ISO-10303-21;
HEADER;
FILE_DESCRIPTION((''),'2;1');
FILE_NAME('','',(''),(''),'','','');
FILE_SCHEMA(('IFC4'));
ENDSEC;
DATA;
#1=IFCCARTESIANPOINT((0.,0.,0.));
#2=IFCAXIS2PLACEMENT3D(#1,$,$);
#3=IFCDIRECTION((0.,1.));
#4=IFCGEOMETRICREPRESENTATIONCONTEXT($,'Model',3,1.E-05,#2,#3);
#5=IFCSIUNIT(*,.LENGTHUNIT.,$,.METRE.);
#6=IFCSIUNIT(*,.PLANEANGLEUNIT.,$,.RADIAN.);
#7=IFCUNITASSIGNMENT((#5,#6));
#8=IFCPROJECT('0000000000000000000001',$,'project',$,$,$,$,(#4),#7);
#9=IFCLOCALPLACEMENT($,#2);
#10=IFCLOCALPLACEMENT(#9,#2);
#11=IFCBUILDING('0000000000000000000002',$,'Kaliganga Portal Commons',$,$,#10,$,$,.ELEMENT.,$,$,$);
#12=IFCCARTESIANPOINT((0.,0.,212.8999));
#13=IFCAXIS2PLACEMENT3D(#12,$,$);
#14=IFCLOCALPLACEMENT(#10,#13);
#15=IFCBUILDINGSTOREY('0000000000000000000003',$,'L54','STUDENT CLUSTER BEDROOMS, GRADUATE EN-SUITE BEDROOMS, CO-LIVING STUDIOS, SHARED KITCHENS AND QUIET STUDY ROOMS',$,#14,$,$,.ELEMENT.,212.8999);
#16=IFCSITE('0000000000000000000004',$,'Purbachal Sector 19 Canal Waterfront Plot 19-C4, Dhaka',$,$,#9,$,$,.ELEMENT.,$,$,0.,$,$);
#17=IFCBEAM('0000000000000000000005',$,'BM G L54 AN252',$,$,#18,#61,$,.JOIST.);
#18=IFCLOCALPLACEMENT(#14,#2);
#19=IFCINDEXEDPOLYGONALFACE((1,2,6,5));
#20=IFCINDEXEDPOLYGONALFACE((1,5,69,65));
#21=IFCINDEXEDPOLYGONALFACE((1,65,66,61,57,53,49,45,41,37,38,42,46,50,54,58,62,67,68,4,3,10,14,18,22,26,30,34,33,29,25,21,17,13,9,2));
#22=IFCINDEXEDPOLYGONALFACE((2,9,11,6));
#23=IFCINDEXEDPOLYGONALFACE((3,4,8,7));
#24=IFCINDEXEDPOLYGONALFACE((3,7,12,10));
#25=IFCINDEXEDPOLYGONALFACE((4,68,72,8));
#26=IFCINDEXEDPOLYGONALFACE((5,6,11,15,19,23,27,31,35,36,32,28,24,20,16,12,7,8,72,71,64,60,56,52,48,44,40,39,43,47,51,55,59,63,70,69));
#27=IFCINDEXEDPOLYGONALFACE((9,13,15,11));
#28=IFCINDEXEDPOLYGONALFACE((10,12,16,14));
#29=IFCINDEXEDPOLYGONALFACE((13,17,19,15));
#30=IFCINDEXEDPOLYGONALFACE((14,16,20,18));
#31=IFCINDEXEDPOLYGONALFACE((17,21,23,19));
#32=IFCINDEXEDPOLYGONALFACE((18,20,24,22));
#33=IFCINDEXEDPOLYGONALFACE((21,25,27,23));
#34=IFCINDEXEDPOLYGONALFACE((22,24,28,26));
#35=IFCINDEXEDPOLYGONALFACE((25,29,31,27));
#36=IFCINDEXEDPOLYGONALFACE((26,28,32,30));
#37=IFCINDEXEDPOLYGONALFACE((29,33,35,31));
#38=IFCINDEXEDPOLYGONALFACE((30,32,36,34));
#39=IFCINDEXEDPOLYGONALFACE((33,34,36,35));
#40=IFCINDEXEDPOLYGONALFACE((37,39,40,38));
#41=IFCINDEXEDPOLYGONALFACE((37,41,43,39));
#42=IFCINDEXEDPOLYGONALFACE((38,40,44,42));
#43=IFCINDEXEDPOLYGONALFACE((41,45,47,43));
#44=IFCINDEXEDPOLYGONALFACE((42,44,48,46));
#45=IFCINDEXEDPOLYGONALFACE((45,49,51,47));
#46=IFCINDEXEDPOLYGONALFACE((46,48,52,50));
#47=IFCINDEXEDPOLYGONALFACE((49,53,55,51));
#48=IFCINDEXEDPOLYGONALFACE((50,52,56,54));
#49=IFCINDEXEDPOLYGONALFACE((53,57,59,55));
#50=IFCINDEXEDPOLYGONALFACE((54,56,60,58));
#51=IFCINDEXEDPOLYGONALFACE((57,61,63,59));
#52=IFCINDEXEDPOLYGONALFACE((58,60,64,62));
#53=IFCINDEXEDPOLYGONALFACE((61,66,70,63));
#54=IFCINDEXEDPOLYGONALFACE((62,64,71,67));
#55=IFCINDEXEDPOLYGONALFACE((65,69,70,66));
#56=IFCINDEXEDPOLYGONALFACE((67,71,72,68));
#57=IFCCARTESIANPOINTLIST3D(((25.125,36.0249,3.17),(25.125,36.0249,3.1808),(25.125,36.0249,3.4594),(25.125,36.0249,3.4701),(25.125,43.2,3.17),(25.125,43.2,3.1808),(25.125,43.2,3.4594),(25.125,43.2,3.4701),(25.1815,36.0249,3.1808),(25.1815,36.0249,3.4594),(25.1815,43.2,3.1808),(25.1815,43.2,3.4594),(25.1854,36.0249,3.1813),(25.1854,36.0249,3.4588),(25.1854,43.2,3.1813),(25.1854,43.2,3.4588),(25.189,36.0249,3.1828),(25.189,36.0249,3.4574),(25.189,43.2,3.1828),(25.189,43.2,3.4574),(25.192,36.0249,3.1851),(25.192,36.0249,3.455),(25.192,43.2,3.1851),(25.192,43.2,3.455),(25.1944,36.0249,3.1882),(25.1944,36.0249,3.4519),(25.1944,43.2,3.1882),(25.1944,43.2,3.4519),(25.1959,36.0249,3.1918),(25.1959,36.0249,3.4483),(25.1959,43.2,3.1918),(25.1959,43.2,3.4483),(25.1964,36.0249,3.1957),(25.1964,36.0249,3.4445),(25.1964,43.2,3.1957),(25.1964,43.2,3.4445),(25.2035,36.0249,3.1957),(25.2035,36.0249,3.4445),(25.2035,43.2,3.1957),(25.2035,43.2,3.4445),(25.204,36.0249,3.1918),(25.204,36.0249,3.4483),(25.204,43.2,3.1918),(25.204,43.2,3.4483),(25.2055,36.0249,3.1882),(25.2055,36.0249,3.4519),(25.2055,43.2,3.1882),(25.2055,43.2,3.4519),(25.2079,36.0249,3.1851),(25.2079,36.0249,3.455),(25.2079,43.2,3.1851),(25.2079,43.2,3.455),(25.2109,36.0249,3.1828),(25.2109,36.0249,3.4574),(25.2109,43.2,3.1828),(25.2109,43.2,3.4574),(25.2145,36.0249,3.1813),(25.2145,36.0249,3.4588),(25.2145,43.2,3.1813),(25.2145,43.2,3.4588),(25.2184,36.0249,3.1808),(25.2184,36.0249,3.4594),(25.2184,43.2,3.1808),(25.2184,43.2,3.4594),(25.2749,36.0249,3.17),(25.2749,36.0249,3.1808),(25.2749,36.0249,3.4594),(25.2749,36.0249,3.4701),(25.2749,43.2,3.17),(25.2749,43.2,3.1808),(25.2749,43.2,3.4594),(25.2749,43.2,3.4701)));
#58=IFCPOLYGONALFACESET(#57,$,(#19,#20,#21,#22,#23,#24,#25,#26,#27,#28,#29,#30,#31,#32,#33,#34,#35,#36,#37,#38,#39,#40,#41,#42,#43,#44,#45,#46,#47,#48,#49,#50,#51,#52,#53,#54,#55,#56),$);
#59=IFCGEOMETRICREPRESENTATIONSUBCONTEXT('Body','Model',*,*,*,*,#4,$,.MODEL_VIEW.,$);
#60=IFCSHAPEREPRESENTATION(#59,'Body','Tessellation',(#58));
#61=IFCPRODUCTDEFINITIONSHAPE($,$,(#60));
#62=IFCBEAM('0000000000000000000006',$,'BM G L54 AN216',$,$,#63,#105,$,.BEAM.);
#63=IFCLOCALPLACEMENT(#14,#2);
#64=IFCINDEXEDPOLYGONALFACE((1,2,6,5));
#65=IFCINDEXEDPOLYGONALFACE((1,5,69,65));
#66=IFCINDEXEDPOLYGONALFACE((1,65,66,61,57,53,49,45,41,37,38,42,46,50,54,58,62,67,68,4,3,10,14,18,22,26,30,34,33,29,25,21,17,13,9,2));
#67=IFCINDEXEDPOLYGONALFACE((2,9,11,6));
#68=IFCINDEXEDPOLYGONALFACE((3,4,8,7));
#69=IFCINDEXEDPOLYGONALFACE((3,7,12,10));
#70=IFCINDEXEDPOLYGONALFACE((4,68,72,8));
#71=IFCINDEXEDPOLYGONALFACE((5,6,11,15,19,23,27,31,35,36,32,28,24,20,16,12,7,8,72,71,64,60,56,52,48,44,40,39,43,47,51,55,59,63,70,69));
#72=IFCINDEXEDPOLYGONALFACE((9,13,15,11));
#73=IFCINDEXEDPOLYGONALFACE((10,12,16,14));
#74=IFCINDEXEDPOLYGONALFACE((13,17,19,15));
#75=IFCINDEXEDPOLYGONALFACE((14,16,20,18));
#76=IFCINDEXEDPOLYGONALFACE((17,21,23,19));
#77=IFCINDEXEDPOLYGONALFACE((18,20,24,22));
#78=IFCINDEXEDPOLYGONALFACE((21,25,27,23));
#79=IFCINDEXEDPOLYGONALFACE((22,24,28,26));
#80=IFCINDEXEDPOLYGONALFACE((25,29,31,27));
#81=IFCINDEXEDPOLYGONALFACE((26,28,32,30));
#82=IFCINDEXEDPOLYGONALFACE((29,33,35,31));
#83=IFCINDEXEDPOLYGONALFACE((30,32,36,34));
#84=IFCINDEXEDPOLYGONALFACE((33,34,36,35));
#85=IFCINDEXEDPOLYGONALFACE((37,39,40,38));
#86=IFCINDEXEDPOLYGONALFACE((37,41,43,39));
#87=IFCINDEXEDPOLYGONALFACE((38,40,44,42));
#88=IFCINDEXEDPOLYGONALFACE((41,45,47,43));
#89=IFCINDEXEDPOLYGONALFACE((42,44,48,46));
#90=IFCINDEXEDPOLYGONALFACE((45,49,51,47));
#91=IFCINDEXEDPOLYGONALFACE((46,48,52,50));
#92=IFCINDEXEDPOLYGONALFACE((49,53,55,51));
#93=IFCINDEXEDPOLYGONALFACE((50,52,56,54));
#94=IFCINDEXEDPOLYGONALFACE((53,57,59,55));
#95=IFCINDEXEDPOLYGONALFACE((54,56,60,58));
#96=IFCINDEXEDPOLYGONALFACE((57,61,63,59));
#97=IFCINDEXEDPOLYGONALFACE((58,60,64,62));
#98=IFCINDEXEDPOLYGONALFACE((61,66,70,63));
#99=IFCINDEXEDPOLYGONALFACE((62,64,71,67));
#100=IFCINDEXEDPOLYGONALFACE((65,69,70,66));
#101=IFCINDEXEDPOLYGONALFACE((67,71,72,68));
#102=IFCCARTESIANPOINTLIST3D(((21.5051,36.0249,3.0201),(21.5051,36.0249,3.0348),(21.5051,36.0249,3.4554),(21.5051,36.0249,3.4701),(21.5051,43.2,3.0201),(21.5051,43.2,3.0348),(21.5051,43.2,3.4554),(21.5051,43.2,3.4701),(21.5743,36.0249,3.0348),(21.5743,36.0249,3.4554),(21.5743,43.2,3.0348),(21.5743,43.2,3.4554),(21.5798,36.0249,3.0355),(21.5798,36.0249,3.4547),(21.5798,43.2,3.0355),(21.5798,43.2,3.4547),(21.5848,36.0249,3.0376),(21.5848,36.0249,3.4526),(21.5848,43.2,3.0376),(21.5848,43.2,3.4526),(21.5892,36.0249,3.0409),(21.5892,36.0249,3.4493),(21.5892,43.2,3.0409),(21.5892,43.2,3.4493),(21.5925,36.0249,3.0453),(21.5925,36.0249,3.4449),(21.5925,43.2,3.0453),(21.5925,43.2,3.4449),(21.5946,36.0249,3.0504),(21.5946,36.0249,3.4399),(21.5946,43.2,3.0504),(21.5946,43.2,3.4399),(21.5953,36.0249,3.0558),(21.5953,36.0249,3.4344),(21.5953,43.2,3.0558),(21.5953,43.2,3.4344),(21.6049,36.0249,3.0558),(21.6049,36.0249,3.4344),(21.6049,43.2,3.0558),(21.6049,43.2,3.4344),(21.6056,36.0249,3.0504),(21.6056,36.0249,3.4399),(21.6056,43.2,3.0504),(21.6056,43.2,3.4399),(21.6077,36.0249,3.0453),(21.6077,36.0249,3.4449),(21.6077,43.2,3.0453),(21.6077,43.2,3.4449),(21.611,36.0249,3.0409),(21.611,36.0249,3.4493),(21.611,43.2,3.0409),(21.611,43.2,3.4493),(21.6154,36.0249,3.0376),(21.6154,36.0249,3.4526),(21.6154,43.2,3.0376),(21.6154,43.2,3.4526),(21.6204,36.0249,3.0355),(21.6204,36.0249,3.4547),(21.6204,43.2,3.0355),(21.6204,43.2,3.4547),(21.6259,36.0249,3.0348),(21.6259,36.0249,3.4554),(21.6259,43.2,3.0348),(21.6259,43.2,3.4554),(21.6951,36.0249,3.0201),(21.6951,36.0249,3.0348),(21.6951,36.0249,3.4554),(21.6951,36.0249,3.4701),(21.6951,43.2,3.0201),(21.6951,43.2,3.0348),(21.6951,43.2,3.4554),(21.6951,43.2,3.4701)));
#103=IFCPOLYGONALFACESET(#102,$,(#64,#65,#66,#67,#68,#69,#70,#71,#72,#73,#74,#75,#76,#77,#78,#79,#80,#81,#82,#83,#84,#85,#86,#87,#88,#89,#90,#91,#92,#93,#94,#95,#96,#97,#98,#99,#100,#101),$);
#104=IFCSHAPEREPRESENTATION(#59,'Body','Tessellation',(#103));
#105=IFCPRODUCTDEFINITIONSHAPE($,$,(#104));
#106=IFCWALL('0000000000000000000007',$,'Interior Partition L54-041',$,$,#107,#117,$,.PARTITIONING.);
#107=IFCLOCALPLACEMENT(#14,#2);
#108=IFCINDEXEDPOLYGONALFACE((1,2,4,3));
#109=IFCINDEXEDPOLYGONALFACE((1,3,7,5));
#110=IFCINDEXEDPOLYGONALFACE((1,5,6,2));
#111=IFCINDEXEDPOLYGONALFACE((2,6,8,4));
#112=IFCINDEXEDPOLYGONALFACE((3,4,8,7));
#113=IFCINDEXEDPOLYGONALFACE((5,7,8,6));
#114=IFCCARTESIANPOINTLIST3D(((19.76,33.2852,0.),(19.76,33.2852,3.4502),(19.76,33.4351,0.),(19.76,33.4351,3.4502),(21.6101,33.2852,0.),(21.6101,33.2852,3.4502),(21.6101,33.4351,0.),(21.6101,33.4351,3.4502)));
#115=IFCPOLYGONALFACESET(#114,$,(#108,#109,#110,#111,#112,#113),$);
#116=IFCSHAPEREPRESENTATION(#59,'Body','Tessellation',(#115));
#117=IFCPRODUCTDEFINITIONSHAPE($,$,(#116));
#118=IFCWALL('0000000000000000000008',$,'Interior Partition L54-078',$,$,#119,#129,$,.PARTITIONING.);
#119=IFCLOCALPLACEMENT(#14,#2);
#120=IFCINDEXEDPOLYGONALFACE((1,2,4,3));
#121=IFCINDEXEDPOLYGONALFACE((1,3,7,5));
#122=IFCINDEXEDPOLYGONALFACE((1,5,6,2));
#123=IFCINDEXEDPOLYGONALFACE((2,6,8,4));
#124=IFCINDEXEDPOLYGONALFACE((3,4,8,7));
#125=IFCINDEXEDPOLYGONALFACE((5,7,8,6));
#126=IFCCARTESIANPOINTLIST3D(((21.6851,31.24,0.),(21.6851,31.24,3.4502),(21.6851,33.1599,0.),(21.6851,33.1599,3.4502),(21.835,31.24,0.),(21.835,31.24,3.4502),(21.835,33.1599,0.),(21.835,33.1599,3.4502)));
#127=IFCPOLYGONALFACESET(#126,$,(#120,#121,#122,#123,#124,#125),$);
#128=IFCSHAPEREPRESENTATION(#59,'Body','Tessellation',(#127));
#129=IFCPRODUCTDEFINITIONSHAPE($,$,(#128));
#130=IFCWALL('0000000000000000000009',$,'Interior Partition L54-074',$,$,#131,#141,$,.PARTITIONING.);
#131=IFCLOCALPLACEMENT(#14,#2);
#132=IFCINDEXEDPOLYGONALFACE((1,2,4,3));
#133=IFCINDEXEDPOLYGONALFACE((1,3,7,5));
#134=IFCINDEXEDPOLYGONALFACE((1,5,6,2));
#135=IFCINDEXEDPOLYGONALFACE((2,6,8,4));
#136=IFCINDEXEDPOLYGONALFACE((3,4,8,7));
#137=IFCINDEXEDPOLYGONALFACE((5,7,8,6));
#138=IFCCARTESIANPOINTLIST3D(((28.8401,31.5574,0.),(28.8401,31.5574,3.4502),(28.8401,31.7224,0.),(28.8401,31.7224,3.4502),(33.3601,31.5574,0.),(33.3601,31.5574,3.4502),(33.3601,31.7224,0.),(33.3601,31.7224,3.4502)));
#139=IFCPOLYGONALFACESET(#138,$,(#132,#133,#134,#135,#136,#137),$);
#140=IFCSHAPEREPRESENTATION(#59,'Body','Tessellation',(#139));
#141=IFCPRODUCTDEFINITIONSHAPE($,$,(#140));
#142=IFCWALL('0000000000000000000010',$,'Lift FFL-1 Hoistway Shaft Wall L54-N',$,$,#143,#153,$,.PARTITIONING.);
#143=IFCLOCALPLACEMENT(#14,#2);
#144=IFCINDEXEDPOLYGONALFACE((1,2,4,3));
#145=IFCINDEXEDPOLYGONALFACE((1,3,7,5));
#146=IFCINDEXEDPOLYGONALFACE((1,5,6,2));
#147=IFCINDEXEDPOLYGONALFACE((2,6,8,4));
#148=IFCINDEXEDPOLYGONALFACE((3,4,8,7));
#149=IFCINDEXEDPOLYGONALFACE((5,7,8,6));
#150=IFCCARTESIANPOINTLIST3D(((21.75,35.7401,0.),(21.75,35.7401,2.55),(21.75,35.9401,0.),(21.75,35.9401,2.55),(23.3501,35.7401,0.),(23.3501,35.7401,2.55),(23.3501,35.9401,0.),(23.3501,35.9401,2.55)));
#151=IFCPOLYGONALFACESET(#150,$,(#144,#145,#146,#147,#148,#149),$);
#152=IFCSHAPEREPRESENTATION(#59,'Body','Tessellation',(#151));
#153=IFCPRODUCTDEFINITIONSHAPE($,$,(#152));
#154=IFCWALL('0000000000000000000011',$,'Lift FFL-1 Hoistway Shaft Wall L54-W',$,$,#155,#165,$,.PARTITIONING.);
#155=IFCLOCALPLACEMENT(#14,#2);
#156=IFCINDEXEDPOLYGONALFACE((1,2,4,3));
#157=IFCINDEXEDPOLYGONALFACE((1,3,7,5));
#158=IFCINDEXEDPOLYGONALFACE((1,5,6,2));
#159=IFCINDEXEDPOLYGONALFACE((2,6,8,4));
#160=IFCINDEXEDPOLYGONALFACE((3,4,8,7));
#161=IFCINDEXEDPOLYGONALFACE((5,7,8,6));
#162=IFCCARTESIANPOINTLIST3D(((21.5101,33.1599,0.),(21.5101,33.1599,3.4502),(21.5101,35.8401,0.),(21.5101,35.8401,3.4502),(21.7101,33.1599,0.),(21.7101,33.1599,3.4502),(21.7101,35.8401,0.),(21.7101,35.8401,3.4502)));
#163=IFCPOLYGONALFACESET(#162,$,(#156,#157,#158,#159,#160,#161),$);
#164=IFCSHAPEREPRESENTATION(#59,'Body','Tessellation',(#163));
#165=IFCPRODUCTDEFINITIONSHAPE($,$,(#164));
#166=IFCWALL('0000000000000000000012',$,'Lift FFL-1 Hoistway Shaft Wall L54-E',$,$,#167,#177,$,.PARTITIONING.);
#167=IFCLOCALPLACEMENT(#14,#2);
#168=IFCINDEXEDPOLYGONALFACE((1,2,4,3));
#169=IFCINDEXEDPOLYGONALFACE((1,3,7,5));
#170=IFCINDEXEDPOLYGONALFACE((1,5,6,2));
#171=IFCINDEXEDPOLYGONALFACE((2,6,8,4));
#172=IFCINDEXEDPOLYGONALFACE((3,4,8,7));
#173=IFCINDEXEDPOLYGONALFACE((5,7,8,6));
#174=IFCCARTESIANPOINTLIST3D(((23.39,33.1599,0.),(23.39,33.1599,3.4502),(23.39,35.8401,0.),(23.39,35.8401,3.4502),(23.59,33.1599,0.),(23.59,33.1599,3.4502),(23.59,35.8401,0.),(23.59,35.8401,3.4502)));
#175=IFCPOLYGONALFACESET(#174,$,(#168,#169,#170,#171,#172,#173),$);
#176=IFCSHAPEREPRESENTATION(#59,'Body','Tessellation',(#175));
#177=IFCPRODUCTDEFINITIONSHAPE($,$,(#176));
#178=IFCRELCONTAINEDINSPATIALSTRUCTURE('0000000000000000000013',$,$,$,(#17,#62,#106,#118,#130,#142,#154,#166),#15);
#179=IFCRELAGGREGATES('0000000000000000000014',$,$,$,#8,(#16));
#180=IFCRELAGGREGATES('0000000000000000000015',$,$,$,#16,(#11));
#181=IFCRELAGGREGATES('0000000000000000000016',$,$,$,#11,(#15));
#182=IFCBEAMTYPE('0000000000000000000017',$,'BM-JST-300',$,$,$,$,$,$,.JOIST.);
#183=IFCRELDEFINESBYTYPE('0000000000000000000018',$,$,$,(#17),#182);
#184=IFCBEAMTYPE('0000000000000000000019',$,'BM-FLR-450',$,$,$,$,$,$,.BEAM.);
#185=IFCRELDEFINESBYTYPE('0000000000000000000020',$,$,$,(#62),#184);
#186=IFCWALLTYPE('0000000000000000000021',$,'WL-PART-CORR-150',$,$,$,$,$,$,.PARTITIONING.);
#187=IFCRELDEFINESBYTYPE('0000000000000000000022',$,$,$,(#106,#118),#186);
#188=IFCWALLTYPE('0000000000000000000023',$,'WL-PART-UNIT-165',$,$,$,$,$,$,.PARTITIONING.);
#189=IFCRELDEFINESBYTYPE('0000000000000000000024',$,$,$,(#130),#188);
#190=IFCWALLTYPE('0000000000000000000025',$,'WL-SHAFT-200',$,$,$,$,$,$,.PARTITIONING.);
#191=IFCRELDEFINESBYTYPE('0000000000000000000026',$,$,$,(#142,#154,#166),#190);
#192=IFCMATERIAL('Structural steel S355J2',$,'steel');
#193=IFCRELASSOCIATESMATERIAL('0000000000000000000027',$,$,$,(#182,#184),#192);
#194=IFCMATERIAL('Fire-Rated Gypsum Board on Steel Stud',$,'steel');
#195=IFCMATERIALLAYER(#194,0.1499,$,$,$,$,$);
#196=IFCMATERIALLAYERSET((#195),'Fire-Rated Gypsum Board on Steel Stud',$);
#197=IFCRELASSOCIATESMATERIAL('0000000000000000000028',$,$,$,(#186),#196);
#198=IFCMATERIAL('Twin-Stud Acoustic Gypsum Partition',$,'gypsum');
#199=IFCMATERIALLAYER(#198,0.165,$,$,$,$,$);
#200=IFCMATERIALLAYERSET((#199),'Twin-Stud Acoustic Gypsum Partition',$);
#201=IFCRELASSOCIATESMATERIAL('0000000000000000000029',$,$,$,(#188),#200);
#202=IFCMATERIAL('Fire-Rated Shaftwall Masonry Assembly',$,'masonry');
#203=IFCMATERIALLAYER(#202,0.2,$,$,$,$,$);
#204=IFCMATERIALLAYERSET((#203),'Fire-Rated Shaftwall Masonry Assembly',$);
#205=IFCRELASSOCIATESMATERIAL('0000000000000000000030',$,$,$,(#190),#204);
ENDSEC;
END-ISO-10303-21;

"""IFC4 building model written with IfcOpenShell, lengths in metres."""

from ifc_helpers import new_model, si_unit, direction, frame, frame_2d, origin, origin_2d, place, context, subcontext, project, spatial, rectangle, i_section, extrude, source, transform, mapped, material, layer, layer_set, material_profile, profile_set, type_object, element, save


model = new_model("IFC4")

# Units and contexts
model_context = context("Model", 3, precision=1e-05, world=origin(), true_north=direction((0.0, 1.0)))
body_context = subcontext(model_context, "Body", "Model", "MODEL_VIEW")
ifc_project = project(units=[si_unit("LENGTHUNIT", "METRE"), si_unit("PLANEANGLEUNIT", "RADIAN")], contexts=[model_context])

# Site, building, storey
site_placement = place(None, origin())
site = spatial("IfcSite", under=ifc_project, at=site_placement, Name="Purbachal Sector 19 Canal Waterfront Plot 19-C4, Dhaka", CompositionType="ELEMENT", RefElevation=0.0)
building_placement = place(site_placement, origin())
building = spatial("IfcBuilding", under=site, at=building_placement, Name="Kaliganga Portal Commons", CompositionType="ELEMENT")
storey_placement = place(building_placement, frame((0.0, 0.0, 212.8999)))
storey = spatial("IfcBuildingStorey", under=building, at=storey_placement, Name="L54", Description="STUDENT CLUSTER BEDROOMS, GRADUATE EN-SUITE BEDROOMS, CO-LIVING STUDIOS, SHARED KITCHENS AND QUIET STUDY ROOMS", CompositionType="ELEMENT", Elevation=212.8999)

# Beams
ifc_material_1 = material(Name="Structural steel S355J2", Category="steel")
ifc_material_profile_1 = material_profile(ifc_material_1, i_section(OverallWidth=0.1499, OverallDepth=0.3, WebThickness=0.0071, FlangeThickness=0.0107, FilletRadius=0.0149, at=origin_2d()), Name="IPE 300")
ifc_profile_set_1 = profile_set([ifc_material_profile_1], Name="Structural steel S355J2 wide-flange")
beam_type_1 = type_object("IfcBeamType", Name="BM-JST-300", PredefinedType="JOIST", material=ifc_profile_set_1)
shared_shape_1 = source(origin(), body_context, "Body", "SweptSolid", [
    extrude(i_section(OverallWidth=0.1499, OverallDepth=0.3, WebThickness=0.0071, FlangeThickness=0.0107, FilletRadius=0.0149, at=origin_2d()), origin(), (0.0, 0.0, 1.0), 7.175),
])
beam_1_placement = place(storey_placement, frame((25.2, 36.0249, 3.3201), z_axis=(0.0, 1.0, 0.0), x_axis=(-1.0, 0.0, 0.0)))
element("IfcBeam", 1, at=beam_1_placement, inside=storey, type_object=beam_type_1, Name="BM G L54 AN252", PredefinedType="JOIST", context=body_context, shape_type="MappedRepresentation", body=[
    mapped(shared_shape_1, transform((0.0, 0.0, 0.0), x_axis=(1.0, 0.0, 0.0), y_axis=(0.0, 1.0, 0.0), z_axis=(0.0, 0.0, 1.0), scale=1.0)),
])
ifc_material_profile_2 = material_profile(ifc_material_1, i_section(OverallWidth=0.1899, OverallDepth=0.45, WebThickness=0.0095, FlangeThickness=0.0146, FilletRadius=0.021, at=origin_2d()), Name="IPE 450")
ifc_profile_set_2 = profile_set([ifc_material_profile_2], Name="Structural steel S355J2 wide-flange")
beam_type_2 = type_object("IfcBeamType", Name="BM-FLR-450", PredefinedType="BEAM", material=ifc_profile_set_2)
shared_shape_2 = source(origin(), body_context, "Body", "SweptSolid", [
    extrude(i_section(OverallWidth=0.1899, OverallDepth=0.45, WebThickness=0.0095, FlangeThickness=0.0146, FilletRadius=0.021, at=origin_2d()), origin(), (0.0, 0.0, 1.0), 7.175),
])
beam_2_placement = place(storey_placement, frame((21.6001, 36.0249, 3.2451), z_axis=(0.0, 1.0, 0.0), x_axis=(-1.0, 0.0, 0.0)))
element("IfcBeam", 2, at=beam_2_placement, inside=storey, type_object=beam_type_2, Name="BM G L54 AN216", PredefinedType="BEAM", context=body_context, shape_type="MappedRepresentation", body=[
    mapped(shared_shape_2, transform((0.0, 0.0, 0.0), x_axis=(1.0, 0.0, 0.0), y_axis=(0.0, 1.0, 0.0), z_axis=(0.0, 0.0, 1.0), scale=1.0)),
])

# Walls
ifc_material_2 = material(Name="Fire-Rated Gypsum Board on Steel Stud", Category="steel")
ifc_layer_1 = layer(ifc_material_2, 0.1499)
ifc_layer_set_1 = layer_set([ifc_layer_1], Name="Fire-Rated Gypsum Board on Steel Stud")
wall_type_1 = type_object("IfcWallType", Name="WL-PART-CORR-150", PredefinedType="PARTITIONING", material=ifc_layer_set_1)
wall_1_placement = place(storey_placement, frame((19.76, 33.3601, 0.0), z_axis=(0.0, 0.0, 1.0), x_axis=(1.0, 0.0, 0.0)))
element("IfcWall", 3, at=wall_1_placement, inside=storey, type_object=wall_type_1, Name="Interior Partition L54-041", PredefinedType="PARTITIONING", context=body_context, shape_type="SweptSolid", body=[
    extrude(rectangle(XDim=1.8501, YDim=0.1499, at=frame_2d((0.925, 0.0))), origin(), (0.0, 0.0, 1.0), 3.4502),
])
wall_2_placement = place(storey_placement, frame((21.76, 31.24, 0.0), z_axis=(0.0, 0.0, 1.0), x_axis=(0.0, 1.0, 0.0)))
element("IfcWall", 4, at=wall_2_placement, inside=storey, type_object=wall_type_1, Name="Interior Partition L54-078", PredefinedType="PARTITIONING", context=body_context, shape_type="SweptSolid", body=[
    extrude(rectangle(XDim=1.9199, YDim=0.1499, at=frame_2d((0.96, 0.0))), origin(), (0.0, 0.0, 1.0), 3.4502),
])
ifc_material_3 = material(Name="Twin-Stud Acoustic Gypsum Partition", Category="gypsum")
ifc_layer_2 = layer(ifc_material_3, 0.165)
ifc_layer_set_2 = layer_set([ifc_layer_2], Name="Twin-Stud Acoustic Gypsum Partition")
wall_type_2 = type_object("IfcWallType", Name="WL-PART-UNIT-165", PredefinedType="PARTITIONING", material=ifc_layer_set_2)
wall_3_placement = place(storey_placement, frame((28.8401, 31.6399, 0.0), z_axis=(0.0, 0.0, 1.0), x_axis=(1.0, 0.0, 0.0)))
element("IfcWall", 5, at=wall_3_placement, inside=storey, type_object=wall_type_2, Name="Interior Partition L54-074", PredefinedType="PARTITIONING", context=body_context, shape_type="SweptSolid", body=[
    extrude(rectangle(XDim=4.52, YDim=0.165, at=frame_2d((2.26, 0.0))), origin(), (0.0, 0.0, 1.0), 3.4502),
])

# Shared definitions
ifc_material_4 = material(Name="Fire-Rated Shaftwall Masonry Assembly", Category="masonry")
ifc_layer_3 = layer(ifc_material_4, 0.2)
ifc_layer_set_3 = layer_set([ifc_layer_3], Name="Fire-Rated Shaftwall Masonry Assembly")
wall_type_3 = type_object("IfcWallType", Name="WL-SHAFT-200", PredefinedType="PARTITIONING", material=ifc_layer_set_3)

# Walls
wall_4_placement = place(storey_placement, frame((21.75, 35.8401, 0.0), z_axis=(0.0, 0.0, 1.0), x_axis=(1.0, 0.0, 0.0)))
element("IfcWall", 6, at=wall_4_placement, inside=storey, type_object=wall_type_3, Name="Lift FFL-1 Hoistway Shaft Wall L54-N", PredefinedType="PARTITIONING", context=body_context, shape_type="SweptSolid", body=[
    extrude(rectangle(XDim=1.6001, YDim=0.2, at=frame_2d((0.8, 0.0))), origin(), (0.0, 0.0, 1.0), 2.55),
])
for number, where, z_axis, x_axis, name in (
    (7, (21.6101, 33.1599, 0.0), (0.0, 0.0, 1.0), (0.0, 1.0, 0.0), "Lift FFL-1 Hoistway Shaft Wall L54-W"),
    (8, (23.49, 33.1599, 0.0), (0.0, 0.0, 1.0), (0.0, 1.0, 0.0), "Lift FFL-1 Hoistway Shaft Wall L54-E"),
):
    element("IfcWall", number, at=place(storey_placement, frame(where, z_axis=z_axis, x_axis=x_axis)), inside=storey, type_object=wall_type_3, Name=name, PredefinedType="PARTITIONING", context=body_context, shape_type="SweptSolid", body=[
        extrude(rectangle(XDim=2.6802, YDim=0.2, at=frame_2d((1.3401, 0.0))), origin(), (0.0, 0.0, 1.0), 3.4502),
    ])

save(model, "model.ifc")
